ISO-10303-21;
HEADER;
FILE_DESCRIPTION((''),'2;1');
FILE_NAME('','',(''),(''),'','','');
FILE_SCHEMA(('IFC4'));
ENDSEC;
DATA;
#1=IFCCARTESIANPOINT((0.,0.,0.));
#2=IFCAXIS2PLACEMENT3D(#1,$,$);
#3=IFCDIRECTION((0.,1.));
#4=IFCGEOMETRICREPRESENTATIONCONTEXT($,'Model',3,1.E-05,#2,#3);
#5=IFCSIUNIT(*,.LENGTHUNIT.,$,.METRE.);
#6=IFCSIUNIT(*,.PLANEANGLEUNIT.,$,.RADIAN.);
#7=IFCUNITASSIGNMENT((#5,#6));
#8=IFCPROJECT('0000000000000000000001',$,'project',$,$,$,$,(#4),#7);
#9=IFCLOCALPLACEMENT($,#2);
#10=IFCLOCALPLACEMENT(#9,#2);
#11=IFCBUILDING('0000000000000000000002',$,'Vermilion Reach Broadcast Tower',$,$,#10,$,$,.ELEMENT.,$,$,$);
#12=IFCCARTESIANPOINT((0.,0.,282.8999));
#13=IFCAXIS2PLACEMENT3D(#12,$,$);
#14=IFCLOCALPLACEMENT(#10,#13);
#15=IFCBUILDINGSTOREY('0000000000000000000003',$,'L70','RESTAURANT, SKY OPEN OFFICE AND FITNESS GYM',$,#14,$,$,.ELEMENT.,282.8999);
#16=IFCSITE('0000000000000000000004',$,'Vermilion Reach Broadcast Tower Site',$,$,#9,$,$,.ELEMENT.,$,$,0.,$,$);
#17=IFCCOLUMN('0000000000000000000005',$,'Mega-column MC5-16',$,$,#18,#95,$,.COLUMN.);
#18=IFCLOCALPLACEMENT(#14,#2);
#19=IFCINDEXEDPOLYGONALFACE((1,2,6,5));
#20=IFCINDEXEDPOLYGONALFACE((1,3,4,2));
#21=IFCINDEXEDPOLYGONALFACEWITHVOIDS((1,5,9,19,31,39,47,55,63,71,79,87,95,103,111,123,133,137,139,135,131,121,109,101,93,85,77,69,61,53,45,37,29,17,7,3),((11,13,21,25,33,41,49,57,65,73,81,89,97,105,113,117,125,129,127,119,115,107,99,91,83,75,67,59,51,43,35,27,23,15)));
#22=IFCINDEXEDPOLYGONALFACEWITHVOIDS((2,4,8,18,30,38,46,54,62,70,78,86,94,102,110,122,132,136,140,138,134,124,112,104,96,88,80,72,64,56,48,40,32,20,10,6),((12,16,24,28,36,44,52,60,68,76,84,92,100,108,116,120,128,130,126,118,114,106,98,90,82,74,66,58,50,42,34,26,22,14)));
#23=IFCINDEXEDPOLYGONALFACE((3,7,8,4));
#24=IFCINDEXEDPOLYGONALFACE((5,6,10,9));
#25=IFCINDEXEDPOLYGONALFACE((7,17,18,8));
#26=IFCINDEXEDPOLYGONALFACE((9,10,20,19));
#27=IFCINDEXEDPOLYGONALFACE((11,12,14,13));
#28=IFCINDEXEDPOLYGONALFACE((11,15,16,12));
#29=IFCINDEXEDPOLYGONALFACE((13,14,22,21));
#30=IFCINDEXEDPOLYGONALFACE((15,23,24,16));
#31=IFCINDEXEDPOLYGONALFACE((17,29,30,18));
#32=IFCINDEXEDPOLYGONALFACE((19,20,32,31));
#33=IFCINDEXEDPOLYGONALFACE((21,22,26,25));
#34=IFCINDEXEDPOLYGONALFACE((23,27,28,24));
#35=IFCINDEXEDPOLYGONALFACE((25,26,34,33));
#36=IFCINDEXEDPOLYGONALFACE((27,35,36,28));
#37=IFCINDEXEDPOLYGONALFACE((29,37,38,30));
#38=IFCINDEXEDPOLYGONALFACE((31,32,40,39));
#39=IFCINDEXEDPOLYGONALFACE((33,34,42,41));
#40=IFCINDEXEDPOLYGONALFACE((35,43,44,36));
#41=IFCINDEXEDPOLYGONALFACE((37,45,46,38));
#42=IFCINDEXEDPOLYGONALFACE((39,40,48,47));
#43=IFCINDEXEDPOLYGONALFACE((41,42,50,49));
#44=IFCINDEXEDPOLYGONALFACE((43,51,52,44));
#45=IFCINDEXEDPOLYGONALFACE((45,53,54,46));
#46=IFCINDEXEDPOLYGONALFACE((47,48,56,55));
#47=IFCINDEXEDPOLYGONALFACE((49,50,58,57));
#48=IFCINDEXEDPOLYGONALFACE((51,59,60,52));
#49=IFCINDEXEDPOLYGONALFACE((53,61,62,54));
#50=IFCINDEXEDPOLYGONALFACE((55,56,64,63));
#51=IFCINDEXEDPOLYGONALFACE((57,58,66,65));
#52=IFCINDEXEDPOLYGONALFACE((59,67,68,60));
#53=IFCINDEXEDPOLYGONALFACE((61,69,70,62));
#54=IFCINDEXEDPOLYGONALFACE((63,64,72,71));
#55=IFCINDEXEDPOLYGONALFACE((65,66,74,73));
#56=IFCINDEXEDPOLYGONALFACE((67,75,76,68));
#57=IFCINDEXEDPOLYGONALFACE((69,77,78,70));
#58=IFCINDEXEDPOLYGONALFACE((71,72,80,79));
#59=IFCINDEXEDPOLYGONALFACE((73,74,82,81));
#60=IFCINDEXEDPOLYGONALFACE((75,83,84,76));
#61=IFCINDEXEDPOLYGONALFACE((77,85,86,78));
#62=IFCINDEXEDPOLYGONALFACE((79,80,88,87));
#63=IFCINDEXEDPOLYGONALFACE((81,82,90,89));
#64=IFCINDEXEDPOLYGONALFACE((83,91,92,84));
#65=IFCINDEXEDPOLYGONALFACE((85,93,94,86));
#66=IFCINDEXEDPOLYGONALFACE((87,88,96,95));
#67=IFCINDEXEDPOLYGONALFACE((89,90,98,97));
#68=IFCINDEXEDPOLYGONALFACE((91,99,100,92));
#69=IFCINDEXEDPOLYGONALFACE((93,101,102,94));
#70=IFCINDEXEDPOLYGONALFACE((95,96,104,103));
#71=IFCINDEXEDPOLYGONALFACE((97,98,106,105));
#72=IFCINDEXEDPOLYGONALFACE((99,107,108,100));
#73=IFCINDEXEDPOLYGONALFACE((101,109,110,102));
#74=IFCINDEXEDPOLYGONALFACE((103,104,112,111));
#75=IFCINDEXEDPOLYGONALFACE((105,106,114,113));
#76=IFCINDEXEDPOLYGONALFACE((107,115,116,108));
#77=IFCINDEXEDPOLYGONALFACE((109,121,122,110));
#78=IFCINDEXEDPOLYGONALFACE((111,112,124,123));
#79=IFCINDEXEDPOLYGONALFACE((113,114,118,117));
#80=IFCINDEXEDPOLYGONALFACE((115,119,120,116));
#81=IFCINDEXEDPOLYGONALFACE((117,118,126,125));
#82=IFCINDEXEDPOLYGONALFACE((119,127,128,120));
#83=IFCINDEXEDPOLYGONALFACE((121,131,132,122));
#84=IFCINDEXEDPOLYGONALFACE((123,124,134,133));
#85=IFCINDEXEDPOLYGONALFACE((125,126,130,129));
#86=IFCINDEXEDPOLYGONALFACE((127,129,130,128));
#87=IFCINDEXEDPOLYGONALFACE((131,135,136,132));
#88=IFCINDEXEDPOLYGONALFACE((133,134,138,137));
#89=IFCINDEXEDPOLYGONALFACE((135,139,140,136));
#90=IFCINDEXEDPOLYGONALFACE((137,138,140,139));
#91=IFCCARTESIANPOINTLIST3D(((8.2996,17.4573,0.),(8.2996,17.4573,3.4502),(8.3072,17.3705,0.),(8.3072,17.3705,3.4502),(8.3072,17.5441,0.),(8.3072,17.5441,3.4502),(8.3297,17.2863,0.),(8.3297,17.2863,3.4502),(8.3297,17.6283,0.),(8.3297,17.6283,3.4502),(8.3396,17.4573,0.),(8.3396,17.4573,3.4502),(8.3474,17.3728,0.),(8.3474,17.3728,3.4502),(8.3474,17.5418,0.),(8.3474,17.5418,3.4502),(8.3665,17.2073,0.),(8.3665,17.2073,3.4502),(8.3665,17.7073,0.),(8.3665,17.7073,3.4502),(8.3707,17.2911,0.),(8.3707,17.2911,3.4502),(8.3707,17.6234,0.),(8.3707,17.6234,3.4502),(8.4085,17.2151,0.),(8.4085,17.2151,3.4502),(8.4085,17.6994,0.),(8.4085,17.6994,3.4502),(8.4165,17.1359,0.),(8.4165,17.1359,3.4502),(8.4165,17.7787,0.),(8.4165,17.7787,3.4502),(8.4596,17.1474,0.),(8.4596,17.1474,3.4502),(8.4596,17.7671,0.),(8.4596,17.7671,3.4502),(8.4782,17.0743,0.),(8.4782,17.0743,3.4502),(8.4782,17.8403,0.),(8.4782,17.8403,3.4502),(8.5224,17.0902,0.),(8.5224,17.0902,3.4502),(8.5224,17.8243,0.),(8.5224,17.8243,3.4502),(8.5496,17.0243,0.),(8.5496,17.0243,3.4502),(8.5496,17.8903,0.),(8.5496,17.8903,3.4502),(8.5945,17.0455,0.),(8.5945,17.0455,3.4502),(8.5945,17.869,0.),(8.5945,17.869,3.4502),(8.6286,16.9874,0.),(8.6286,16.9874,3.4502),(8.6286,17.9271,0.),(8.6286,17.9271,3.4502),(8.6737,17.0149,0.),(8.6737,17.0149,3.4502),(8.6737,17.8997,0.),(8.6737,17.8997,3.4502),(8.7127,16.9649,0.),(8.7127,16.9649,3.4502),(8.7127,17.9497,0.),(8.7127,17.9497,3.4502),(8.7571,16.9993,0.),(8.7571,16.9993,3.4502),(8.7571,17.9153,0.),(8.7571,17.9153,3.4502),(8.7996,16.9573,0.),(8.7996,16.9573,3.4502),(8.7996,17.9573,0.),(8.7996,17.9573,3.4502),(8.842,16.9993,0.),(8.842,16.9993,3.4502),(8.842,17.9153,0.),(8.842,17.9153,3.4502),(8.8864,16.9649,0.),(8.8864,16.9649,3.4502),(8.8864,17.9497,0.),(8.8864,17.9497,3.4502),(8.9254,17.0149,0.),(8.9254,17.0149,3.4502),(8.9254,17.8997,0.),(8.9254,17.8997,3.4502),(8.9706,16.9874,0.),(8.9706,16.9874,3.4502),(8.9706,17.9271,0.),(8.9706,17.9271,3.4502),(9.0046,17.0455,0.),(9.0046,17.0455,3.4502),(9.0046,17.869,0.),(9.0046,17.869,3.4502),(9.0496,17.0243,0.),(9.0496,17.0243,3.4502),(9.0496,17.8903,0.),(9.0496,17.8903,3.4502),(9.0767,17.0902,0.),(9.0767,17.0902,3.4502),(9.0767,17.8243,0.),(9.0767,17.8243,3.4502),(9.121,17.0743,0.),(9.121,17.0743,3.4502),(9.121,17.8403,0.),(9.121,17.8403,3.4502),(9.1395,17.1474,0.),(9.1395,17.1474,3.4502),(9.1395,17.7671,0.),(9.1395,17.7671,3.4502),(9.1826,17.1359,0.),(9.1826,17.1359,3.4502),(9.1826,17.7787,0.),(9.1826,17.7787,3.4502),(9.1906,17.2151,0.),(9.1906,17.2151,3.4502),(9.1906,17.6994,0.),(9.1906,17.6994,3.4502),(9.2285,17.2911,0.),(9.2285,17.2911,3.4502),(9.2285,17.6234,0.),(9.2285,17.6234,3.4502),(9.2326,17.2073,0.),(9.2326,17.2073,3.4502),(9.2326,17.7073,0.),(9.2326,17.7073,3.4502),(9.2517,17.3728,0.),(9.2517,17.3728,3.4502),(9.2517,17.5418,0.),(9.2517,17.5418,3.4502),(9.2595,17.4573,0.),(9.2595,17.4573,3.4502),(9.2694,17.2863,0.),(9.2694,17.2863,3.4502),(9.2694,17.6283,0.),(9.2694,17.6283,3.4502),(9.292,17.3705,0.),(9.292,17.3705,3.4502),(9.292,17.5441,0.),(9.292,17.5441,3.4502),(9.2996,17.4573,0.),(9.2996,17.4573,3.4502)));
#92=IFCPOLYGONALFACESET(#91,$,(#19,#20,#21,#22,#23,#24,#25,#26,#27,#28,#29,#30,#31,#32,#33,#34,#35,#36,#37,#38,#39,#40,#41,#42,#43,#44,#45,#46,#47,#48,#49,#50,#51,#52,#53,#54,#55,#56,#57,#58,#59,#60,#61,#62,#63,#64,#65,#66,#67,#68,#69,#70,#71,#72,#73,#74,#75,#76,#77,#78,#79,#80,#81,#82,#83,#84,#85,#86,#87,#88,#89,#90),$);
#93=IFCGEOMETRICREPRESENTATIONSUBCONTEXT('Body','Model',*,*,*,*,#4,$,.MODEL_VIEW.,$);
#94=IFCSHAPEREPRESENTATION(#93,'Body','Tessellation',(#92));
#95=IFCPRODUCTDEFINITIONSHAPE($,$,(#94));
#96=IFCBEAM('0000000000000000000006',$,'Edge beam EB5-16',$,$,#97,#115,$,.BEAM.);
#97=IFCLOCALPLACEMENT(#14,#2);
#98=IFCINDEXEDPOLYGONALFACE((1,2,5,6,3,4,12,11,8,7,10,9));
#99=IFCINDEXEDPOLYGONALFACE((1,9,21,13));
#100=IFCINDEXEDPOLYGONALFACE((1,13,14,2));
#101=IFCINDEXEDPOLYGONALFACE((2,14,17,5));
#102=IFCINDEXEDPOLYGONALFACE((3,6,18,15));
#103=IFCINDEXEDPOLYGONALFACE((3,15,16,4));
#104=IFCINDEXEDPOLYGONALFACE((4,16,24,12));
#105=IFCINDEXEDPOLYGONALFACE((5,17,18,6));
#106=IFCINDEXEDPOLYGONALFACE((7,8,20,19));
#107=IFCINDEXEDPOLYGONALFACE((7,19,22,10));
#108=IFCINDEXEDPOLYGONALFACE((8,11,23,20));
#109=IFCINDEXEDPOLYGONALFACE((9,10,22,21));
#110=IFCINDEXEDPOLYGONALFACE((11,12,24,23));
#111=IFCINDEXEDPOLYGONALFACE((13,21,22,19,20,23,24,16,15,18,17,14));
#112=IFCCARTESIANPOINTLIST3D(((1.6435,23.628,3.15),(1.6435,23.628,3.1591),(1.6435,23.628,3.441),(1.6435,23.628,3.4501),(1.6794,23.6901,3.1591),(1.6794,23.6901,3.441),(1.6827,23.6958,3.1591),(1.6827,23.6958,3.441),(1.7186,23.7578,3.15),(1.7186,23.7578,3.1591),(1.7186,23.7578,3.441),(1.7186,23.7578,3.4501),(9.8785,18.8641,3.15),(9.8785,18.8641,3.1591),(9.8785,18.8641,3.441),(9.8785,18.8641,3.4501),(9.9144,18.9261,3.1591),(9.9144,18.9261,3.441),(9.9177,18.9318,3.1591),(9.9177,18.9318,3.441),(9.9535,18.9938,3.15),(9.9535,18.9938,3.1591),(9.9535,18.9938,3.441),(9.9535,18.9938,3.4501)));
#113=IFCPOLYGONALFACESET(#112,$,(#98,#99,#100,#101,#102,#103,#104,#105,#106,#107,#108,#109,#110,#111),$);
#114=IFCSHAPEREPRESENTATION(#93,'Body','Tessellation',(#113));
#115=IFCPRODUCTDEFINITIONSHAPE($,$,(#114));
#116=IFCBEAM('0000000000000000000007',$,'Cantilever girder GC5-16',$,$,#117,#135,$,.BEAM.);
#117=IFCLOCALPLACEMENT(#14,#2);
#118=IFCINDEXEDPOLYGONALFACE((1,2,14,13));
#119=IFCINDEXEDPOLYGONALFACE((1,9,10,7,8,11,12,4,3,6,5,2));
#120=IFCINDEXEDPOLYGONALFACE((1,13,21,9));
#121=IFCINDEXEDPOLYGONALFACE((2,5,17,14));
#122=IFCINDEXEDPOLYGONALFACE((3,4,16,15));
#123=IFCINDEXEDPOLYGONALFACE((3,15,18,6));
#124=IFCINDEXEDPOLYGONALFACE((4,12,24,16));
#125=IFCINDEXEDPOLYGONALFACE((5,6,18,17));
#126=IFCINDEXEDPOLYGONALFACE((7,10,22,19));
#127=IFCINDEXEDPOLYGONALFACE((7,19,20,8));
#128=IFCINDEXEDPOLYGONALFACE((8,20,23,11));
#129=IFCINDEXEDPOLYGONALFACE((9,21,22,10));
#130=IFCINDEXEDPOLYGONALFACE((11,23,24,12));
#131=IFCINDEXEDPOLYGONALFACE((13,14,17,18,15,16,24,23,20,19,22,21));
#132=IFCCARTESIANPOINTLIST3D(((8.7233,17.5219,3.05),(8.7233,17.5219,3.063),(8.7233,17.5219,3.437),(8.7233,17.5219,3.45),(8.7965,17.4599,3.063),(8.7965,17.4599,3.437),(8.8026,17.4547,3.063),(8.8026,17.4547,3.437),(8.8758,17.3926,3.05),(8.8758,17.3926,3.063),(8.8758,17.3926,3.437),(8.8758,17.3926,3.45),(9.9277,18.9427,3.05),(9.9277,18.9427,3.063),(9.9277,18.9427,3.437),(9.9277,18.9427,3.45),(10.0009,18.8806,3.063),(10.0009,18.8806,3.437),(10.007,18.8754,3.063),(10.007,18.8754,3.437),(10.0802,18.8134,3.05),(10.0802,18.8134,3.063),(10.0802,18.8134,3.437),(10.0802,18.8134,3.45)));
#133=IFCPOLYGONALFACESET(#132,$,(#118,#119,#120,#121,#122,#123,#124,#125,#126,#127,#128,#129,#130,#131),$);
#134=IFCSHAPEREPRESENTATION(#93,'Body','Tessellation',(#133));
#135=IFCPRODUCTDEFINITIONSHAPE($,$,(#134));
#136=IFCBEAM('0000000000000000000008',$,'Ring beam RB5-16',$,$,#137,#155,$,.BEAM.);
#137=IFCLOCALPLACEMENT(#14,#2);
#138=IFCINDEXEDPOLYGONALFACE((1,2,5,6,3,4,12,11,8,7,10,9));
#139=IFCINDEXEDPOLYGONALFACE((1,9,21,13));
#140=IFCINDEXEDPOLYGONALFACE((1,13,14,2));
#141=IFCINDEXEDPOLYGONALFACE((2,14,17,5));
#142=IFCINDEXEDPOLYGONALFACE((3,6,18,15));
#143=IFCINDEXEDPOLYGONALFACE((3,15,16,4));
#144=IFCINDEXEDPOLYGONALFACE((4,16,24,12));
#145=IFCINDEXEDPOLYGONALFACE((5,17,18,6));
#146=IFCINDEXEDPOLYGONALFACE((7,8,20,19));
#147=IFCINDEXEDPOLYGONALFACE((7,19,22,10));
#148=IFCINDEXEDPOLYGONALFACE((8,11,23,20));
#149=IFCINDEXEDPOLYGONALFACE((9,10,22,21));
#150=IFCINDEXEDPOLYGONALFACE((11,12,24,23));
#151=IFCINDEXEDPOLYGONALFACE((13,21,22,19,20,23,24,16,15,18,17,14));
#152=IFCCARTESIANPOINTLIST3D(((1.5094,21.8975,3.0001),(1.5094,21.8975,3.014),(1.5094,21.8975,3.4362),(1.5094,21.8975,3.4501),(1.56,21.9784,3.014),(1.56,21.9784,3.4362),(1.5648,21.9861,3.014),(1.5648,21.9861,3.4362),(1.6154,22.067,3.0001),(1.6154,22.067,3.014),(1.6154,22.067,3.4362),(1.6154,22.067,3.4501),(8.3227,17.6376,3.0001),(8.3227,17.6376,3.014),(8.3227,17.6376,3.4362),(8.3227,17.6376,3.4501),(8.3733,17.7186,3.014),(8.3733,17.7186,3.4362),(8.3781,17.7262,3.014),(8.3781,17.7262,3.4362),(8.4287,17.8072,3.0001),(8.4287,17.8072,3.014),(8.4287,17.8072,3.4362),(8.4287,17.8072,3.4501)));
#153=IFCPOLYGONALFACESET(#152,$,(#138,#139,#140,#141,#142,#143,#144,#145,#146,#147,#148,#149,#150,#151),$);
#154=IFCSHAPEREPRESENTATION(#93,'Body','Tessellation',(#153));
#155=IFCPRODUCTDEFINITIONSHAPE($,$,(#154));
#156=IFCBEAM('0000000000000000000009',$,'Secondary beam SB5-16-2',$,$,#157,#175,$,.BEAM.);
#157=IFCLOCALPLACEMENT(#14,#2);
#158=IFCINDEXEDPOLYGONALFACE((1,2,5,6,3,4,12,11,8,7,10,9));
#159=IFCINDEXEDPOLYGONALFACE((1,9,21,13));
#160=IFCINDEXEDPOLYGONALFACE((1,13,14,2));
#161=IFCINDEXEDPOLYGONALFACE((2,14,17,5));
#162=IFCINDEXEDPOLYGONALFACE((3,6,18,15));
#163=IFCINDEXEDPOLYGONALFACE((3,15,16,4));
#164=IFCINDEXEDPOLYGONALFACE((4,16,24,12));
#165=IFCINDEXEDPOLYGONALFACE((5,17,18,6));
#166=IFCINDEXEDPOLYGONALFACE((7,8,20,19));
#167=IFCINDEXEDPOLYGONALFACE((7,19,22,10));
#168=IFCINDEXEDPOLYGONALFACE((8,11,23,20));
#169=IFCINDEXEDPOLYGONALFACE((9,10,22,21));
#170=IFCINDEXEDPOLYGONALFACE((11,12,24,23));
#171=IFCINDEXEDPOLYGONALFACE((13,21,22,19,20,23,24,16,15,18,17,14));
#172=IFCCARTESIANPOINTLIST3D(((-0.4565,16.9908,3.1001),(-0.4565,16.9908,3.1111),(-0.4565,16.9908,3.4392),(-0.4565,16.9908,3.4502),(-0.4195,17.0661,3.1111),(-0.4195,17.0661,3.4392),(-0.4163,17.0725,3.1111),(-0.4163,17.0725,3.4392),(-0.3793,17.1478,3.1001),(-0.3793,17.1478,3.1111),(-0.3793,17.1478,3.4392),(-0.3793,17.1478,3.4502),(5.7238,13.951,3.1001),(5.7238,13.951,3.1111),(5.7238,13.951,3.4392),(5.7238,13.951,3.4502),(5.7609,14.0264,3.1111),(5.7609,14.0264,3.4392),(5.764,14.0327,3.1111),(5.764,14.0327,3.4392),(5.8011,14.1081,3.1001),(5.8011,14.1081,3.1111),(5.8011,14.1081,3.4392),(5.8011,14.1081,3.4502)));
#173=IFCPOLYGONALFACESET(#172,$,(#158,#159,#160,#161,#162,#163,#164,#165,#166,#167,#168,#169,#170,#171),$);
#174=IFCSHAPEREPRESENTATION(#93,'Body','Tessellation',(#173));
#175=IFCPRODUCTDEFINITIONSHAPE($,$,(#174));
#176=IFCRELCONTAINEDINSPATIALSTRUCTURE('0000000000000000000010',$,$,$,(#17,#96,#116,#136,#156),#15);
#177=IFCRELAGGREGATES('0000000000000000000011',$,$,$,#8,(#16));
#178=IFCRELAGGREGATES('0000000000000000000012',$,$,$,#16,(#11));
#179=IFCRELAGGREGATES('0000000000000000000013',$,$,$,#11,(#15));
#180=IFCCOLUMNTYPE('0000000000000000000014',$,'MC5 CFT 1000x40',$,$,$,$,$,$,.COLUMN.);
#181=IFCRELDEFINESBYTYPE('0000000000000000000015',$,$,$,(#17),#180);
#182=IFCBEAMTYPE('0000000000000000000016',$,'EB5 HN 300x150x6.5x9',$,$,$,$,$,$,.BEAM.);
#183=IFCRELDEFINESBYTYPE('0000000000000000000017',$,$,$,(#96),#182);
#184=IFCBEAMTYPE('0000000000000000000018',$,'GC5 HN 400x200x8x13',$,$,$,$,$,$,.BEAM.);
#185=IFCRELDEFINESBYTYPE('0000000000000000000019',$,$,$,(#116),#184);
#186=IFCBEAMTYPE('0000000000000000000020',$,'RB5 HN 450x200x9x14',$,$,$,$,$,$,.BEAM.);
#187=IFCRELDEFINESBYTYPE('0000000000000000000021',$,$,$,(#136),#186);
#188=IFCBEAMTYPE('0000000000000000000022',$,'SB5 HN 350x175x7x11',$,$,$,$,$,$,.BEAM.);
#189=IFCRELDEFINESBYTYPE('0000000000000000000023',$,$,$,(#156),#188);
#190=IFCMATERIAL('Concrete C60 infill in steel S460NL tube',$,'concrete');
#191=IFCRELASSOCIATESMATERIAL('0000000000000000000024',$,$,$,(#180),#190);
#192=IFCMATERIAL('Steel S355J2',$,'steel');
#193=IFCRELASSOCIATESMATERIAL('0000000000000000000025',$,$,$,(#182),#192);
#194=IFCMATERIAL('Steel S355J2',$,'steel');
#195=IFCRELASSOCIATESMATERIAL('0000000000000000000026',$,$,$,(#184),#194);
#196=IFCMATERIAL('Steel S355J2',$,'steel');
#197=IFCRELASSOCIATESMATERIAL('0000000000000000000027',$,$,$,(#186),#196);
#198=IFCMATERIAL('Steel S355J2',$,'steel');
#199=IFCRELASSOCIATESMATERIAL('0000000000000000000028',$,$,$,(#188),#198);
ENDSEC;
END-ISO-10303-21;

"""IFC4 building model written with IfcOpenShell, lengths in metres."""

from ifc_helpers import new_model, si_unit, direction, frame, origin, origin_2d, place, context, subcontext, project, spatial, hollow_circle, i_section, extrude, material, material_profile, profile_set, type_object, element, save


model = new_model("IFC4")

# Units and contexts
model_context = context("Model", 3, precision=1e-05, world=origin(), true_north=direction((0.0, 1.0)))
body_context = subcontext(model_context, "Body", "Model", "MODEL_VIEW")
ifc_project = project(units=[si_unit("LENGTHUNIT", "METRE"), si_unit("PLANEANGLEUNIT", "RADIAN")], contexts=[model_context])

# Site, building, storey
site_placement = place(None, origin())
site = spatial("IfcSite", under=ifc_project, at=site_placement, Name="Vermilion Reach Broadcast Tower Site", CompositionType="ELEMENT", RefElevation=0.0)
building_placement = place(site_placement, origin())
building = spatial("IfcBuilding", under=site, at=building_placement, Name="Vermilion Reach Broadcast Tower", CompositionType="ELEMENT")
storey_placement = place(building_placement, frame((0.0, 0.0, 282.8999)))
storey = spatial("IfcBuildingStorey", under=building, at=storey_placement, Name="L70", Description="RESTAURANT, SKY OPEN OFFICE AND FITNESS GYM", CompositionType="ELEMENT", Elevation=282.8999)

# Column
ifc_material_1 = material(Name="Concrete C60 infill in steel S460NL tube", Category="concrete")
ifc_material_profile_1 = material_profile(ifc_material_1, hollow_circle(Radius=0.5, WallThickness=0.04, at=origin_2d()), Name="Concrete C60 infill in steel S460NL tube CFT 1000x40")
ifc_profile_set_1 = profile_set([ifc_material_profile_1], Name="Concrete C60 infill in steel S460NL tube")
column_type = type_object("IfcColumnType", Name="MC5 CFT 1000x40", PredefinedType="COLUMN", material=ifc_profile_set_1)
column_placement = place(storey_placement, frame((8.7996, 17.4573, 0.0), z_axis=(0.0, 0.0, 1.0), x_axis=(1.0, 0.0, 0.0)))
element("IfcColumn", 1, at=column_placement, inside=storey, type_object=column_type, Name="Mega-column MC5-16", PredefinedType="COLUMN", context=body_context, shape_type="SweptSolid", body=[
    extrude(hollow_circle(Radius=0.5, WallThickness=0.04, at=origin_2d()), origin(), (0.0, 0.0, 1.0), 3.4502),
])

# Beams
ifc_material_2 = material(Name="Steel S355J2", Category="steel")
ifc_material_profile_2 = material_profile(ifc_material_2, i_section(OverallWidth=0.1499, OverallDepth=0.3, WebThickness=0.0066, FlangeThickness=0.009, at=origin_2d()), Name="S355J2 HN 300x150x6.5x9")
ifc_profile_set_2 = profile_set([ifc_material_profile_2], Name="Steel S355J2")
beam_type_1 = type_object("IfcBeamType", Name="EB5 HN 300x150x6.5x9", PredefinedType="BEAM", material=ifc_profile_set_2)
beam_1_placement = place(storey_placement, frame((9.916, 18.929, 3.3), z_axis=(-0.865592, 0.50075, 0.0), x_axis=(-0.50075, -0.865592, 0.0)))
element("IfcBeam", 2, at=beam_1_placement, inside=storey, type_object=beam_type_1, Name="Edge beam EB5-16", PredefinedType="BEAM", context=body_context, shape_type="SweptSolid", body=[
    extrude(i_section(OverallWidth=0.1499, OverallDepth=0.3, WebThickness=0.0066, FlangeThickness=0.009, at=origin_2d()), origin(), (0.0, 0.0, 1.0), 9.5137),
])
ifc_material_3 = material(Name="Steel S355J2", Category="steel")
ifc_material_profile_3 = material_profile(ifc_material_3, i_section(OverallWidth=0.2, OverallDepth=0.3999, WebThickness=0.0081, FlangeThickness=0.0129, at=origin_2d()), Name="S355J2 HN 400x200x8x13")
ifc_profile_set_3 = profile_set([ifc_material_profile_3], Name="Steel S355J2")
beam_type_2 = type_object("IfcBeamType", Name="GC5 HN 400x200x8x13", PredefinedType="BEAM", material=ifc_profile_set_3)
beam_2_placement = place(storey_placement, frame((8.7996, 17.4573, 3.25), z_axis=(0.646647, 0.762789, 0.0), x_axis=(-0.762789, 0.646647, 0.0)))
element("IfcBeam", 3, at=beam_2_placement, inside=storey, type_object=beam_type_2, Name="Cantilever girder GC5-16", PredefinedType="BEAM", context=body_context, shape_type="SweptSolid", body=[
    extrude(i_section(OverallWidth=0.2, OverallDepth=0.3999, WebThickness=0.0081, FlangeThickness=0.0129, at=origin_2d()), origin(), (0.0, 0.0, 1.0), 1.8625),
])
ifc_material_4 = material(Name="Steel S355J2", Category="steel")
ifc_material_profile_4 = material_profile(ifc_material_4, i_section(OverallWidth=0.2, OverallDepth=0.45, WebThickness=0.009, FlangeThickness=0.0139, at=origin_2d()), Name="S355J2 HN 450x200x9x14")
ifc_profile_set_4 = profile_set([ifc_material_profile_4], Name="Steel S355J2")
beam_type_3 = type_object("IfcBeamType", Name="RB5 HN 450x200x9x14", PredefinedType="BEAM", material=ifc_profile_set_4)
beam_3_placement = place(storey_placement, frame((8.3757, 17.7224, 3.2251), z_axis=(-0.847915, 0.530133, 0.0), x_axis=(-0.530133, -0.847915, 0.0)))
element("IfcBeam", 4, at=beam_3_placement, inside=storey, type_object=beam_type_3, Name="Ring beam RB5-16", PredefinedType="BEAM", context=body_context, shape_type="SweptSolid", body=[
    extrude(i_section(OverallWidth=0.2, OverallDepth=0.45, WebThickness=0.009, FlangeThickness=0.0139, at=origin_2d()), origin(), (0.0, 0.0, 1.0), 8.0354),
])
ifc_material_5 = material(Name="Steel S355J2", Category="steel")
ifc_material_profile_5 = material_profile(ifc_material_5, i_section(OverallWidth=0.175, OverallDepth=0.3501, WebThickness=0.0071, FlangeThickness=0.011, at=origin_2d()), Name="S355J2 HN 350x175x7x11")
ifc_profile_set_5 = profile_set([ifc_material_profile_5], Name="Steel S355J2")
beam_type_4 = type_object("IfcBeamType", Name="SB5 HN 350x175x7x11", PredefinedType="BEAM", material=ifc_profile_set_5)
beam_4_placement = place(storey_placement, frame((5.7625, 14.0295, 3.2751), z_axis=(-0.897336, 0.441348, 0.0), x_axis=(-0.441348, -0.897336, 0.0)))
element("IfcBeam", 5, at=beam_4_placement, inside=storey, type_object=beam_type_4, Name="Secondary beam SB5-16-2", PredefinedType="BEAM", context=body_context, shape_type="SweptSolid", body=[
    extrude(i_section(OverallWidth=0.175, OverallDepth=0.3501, WebThickness=0.0071, FlangeThickness=0.011, at=origin_2d()), origin(), (0.0, 0.0, 1.0), 6.8875),
])

save(model, "model.ifc")
